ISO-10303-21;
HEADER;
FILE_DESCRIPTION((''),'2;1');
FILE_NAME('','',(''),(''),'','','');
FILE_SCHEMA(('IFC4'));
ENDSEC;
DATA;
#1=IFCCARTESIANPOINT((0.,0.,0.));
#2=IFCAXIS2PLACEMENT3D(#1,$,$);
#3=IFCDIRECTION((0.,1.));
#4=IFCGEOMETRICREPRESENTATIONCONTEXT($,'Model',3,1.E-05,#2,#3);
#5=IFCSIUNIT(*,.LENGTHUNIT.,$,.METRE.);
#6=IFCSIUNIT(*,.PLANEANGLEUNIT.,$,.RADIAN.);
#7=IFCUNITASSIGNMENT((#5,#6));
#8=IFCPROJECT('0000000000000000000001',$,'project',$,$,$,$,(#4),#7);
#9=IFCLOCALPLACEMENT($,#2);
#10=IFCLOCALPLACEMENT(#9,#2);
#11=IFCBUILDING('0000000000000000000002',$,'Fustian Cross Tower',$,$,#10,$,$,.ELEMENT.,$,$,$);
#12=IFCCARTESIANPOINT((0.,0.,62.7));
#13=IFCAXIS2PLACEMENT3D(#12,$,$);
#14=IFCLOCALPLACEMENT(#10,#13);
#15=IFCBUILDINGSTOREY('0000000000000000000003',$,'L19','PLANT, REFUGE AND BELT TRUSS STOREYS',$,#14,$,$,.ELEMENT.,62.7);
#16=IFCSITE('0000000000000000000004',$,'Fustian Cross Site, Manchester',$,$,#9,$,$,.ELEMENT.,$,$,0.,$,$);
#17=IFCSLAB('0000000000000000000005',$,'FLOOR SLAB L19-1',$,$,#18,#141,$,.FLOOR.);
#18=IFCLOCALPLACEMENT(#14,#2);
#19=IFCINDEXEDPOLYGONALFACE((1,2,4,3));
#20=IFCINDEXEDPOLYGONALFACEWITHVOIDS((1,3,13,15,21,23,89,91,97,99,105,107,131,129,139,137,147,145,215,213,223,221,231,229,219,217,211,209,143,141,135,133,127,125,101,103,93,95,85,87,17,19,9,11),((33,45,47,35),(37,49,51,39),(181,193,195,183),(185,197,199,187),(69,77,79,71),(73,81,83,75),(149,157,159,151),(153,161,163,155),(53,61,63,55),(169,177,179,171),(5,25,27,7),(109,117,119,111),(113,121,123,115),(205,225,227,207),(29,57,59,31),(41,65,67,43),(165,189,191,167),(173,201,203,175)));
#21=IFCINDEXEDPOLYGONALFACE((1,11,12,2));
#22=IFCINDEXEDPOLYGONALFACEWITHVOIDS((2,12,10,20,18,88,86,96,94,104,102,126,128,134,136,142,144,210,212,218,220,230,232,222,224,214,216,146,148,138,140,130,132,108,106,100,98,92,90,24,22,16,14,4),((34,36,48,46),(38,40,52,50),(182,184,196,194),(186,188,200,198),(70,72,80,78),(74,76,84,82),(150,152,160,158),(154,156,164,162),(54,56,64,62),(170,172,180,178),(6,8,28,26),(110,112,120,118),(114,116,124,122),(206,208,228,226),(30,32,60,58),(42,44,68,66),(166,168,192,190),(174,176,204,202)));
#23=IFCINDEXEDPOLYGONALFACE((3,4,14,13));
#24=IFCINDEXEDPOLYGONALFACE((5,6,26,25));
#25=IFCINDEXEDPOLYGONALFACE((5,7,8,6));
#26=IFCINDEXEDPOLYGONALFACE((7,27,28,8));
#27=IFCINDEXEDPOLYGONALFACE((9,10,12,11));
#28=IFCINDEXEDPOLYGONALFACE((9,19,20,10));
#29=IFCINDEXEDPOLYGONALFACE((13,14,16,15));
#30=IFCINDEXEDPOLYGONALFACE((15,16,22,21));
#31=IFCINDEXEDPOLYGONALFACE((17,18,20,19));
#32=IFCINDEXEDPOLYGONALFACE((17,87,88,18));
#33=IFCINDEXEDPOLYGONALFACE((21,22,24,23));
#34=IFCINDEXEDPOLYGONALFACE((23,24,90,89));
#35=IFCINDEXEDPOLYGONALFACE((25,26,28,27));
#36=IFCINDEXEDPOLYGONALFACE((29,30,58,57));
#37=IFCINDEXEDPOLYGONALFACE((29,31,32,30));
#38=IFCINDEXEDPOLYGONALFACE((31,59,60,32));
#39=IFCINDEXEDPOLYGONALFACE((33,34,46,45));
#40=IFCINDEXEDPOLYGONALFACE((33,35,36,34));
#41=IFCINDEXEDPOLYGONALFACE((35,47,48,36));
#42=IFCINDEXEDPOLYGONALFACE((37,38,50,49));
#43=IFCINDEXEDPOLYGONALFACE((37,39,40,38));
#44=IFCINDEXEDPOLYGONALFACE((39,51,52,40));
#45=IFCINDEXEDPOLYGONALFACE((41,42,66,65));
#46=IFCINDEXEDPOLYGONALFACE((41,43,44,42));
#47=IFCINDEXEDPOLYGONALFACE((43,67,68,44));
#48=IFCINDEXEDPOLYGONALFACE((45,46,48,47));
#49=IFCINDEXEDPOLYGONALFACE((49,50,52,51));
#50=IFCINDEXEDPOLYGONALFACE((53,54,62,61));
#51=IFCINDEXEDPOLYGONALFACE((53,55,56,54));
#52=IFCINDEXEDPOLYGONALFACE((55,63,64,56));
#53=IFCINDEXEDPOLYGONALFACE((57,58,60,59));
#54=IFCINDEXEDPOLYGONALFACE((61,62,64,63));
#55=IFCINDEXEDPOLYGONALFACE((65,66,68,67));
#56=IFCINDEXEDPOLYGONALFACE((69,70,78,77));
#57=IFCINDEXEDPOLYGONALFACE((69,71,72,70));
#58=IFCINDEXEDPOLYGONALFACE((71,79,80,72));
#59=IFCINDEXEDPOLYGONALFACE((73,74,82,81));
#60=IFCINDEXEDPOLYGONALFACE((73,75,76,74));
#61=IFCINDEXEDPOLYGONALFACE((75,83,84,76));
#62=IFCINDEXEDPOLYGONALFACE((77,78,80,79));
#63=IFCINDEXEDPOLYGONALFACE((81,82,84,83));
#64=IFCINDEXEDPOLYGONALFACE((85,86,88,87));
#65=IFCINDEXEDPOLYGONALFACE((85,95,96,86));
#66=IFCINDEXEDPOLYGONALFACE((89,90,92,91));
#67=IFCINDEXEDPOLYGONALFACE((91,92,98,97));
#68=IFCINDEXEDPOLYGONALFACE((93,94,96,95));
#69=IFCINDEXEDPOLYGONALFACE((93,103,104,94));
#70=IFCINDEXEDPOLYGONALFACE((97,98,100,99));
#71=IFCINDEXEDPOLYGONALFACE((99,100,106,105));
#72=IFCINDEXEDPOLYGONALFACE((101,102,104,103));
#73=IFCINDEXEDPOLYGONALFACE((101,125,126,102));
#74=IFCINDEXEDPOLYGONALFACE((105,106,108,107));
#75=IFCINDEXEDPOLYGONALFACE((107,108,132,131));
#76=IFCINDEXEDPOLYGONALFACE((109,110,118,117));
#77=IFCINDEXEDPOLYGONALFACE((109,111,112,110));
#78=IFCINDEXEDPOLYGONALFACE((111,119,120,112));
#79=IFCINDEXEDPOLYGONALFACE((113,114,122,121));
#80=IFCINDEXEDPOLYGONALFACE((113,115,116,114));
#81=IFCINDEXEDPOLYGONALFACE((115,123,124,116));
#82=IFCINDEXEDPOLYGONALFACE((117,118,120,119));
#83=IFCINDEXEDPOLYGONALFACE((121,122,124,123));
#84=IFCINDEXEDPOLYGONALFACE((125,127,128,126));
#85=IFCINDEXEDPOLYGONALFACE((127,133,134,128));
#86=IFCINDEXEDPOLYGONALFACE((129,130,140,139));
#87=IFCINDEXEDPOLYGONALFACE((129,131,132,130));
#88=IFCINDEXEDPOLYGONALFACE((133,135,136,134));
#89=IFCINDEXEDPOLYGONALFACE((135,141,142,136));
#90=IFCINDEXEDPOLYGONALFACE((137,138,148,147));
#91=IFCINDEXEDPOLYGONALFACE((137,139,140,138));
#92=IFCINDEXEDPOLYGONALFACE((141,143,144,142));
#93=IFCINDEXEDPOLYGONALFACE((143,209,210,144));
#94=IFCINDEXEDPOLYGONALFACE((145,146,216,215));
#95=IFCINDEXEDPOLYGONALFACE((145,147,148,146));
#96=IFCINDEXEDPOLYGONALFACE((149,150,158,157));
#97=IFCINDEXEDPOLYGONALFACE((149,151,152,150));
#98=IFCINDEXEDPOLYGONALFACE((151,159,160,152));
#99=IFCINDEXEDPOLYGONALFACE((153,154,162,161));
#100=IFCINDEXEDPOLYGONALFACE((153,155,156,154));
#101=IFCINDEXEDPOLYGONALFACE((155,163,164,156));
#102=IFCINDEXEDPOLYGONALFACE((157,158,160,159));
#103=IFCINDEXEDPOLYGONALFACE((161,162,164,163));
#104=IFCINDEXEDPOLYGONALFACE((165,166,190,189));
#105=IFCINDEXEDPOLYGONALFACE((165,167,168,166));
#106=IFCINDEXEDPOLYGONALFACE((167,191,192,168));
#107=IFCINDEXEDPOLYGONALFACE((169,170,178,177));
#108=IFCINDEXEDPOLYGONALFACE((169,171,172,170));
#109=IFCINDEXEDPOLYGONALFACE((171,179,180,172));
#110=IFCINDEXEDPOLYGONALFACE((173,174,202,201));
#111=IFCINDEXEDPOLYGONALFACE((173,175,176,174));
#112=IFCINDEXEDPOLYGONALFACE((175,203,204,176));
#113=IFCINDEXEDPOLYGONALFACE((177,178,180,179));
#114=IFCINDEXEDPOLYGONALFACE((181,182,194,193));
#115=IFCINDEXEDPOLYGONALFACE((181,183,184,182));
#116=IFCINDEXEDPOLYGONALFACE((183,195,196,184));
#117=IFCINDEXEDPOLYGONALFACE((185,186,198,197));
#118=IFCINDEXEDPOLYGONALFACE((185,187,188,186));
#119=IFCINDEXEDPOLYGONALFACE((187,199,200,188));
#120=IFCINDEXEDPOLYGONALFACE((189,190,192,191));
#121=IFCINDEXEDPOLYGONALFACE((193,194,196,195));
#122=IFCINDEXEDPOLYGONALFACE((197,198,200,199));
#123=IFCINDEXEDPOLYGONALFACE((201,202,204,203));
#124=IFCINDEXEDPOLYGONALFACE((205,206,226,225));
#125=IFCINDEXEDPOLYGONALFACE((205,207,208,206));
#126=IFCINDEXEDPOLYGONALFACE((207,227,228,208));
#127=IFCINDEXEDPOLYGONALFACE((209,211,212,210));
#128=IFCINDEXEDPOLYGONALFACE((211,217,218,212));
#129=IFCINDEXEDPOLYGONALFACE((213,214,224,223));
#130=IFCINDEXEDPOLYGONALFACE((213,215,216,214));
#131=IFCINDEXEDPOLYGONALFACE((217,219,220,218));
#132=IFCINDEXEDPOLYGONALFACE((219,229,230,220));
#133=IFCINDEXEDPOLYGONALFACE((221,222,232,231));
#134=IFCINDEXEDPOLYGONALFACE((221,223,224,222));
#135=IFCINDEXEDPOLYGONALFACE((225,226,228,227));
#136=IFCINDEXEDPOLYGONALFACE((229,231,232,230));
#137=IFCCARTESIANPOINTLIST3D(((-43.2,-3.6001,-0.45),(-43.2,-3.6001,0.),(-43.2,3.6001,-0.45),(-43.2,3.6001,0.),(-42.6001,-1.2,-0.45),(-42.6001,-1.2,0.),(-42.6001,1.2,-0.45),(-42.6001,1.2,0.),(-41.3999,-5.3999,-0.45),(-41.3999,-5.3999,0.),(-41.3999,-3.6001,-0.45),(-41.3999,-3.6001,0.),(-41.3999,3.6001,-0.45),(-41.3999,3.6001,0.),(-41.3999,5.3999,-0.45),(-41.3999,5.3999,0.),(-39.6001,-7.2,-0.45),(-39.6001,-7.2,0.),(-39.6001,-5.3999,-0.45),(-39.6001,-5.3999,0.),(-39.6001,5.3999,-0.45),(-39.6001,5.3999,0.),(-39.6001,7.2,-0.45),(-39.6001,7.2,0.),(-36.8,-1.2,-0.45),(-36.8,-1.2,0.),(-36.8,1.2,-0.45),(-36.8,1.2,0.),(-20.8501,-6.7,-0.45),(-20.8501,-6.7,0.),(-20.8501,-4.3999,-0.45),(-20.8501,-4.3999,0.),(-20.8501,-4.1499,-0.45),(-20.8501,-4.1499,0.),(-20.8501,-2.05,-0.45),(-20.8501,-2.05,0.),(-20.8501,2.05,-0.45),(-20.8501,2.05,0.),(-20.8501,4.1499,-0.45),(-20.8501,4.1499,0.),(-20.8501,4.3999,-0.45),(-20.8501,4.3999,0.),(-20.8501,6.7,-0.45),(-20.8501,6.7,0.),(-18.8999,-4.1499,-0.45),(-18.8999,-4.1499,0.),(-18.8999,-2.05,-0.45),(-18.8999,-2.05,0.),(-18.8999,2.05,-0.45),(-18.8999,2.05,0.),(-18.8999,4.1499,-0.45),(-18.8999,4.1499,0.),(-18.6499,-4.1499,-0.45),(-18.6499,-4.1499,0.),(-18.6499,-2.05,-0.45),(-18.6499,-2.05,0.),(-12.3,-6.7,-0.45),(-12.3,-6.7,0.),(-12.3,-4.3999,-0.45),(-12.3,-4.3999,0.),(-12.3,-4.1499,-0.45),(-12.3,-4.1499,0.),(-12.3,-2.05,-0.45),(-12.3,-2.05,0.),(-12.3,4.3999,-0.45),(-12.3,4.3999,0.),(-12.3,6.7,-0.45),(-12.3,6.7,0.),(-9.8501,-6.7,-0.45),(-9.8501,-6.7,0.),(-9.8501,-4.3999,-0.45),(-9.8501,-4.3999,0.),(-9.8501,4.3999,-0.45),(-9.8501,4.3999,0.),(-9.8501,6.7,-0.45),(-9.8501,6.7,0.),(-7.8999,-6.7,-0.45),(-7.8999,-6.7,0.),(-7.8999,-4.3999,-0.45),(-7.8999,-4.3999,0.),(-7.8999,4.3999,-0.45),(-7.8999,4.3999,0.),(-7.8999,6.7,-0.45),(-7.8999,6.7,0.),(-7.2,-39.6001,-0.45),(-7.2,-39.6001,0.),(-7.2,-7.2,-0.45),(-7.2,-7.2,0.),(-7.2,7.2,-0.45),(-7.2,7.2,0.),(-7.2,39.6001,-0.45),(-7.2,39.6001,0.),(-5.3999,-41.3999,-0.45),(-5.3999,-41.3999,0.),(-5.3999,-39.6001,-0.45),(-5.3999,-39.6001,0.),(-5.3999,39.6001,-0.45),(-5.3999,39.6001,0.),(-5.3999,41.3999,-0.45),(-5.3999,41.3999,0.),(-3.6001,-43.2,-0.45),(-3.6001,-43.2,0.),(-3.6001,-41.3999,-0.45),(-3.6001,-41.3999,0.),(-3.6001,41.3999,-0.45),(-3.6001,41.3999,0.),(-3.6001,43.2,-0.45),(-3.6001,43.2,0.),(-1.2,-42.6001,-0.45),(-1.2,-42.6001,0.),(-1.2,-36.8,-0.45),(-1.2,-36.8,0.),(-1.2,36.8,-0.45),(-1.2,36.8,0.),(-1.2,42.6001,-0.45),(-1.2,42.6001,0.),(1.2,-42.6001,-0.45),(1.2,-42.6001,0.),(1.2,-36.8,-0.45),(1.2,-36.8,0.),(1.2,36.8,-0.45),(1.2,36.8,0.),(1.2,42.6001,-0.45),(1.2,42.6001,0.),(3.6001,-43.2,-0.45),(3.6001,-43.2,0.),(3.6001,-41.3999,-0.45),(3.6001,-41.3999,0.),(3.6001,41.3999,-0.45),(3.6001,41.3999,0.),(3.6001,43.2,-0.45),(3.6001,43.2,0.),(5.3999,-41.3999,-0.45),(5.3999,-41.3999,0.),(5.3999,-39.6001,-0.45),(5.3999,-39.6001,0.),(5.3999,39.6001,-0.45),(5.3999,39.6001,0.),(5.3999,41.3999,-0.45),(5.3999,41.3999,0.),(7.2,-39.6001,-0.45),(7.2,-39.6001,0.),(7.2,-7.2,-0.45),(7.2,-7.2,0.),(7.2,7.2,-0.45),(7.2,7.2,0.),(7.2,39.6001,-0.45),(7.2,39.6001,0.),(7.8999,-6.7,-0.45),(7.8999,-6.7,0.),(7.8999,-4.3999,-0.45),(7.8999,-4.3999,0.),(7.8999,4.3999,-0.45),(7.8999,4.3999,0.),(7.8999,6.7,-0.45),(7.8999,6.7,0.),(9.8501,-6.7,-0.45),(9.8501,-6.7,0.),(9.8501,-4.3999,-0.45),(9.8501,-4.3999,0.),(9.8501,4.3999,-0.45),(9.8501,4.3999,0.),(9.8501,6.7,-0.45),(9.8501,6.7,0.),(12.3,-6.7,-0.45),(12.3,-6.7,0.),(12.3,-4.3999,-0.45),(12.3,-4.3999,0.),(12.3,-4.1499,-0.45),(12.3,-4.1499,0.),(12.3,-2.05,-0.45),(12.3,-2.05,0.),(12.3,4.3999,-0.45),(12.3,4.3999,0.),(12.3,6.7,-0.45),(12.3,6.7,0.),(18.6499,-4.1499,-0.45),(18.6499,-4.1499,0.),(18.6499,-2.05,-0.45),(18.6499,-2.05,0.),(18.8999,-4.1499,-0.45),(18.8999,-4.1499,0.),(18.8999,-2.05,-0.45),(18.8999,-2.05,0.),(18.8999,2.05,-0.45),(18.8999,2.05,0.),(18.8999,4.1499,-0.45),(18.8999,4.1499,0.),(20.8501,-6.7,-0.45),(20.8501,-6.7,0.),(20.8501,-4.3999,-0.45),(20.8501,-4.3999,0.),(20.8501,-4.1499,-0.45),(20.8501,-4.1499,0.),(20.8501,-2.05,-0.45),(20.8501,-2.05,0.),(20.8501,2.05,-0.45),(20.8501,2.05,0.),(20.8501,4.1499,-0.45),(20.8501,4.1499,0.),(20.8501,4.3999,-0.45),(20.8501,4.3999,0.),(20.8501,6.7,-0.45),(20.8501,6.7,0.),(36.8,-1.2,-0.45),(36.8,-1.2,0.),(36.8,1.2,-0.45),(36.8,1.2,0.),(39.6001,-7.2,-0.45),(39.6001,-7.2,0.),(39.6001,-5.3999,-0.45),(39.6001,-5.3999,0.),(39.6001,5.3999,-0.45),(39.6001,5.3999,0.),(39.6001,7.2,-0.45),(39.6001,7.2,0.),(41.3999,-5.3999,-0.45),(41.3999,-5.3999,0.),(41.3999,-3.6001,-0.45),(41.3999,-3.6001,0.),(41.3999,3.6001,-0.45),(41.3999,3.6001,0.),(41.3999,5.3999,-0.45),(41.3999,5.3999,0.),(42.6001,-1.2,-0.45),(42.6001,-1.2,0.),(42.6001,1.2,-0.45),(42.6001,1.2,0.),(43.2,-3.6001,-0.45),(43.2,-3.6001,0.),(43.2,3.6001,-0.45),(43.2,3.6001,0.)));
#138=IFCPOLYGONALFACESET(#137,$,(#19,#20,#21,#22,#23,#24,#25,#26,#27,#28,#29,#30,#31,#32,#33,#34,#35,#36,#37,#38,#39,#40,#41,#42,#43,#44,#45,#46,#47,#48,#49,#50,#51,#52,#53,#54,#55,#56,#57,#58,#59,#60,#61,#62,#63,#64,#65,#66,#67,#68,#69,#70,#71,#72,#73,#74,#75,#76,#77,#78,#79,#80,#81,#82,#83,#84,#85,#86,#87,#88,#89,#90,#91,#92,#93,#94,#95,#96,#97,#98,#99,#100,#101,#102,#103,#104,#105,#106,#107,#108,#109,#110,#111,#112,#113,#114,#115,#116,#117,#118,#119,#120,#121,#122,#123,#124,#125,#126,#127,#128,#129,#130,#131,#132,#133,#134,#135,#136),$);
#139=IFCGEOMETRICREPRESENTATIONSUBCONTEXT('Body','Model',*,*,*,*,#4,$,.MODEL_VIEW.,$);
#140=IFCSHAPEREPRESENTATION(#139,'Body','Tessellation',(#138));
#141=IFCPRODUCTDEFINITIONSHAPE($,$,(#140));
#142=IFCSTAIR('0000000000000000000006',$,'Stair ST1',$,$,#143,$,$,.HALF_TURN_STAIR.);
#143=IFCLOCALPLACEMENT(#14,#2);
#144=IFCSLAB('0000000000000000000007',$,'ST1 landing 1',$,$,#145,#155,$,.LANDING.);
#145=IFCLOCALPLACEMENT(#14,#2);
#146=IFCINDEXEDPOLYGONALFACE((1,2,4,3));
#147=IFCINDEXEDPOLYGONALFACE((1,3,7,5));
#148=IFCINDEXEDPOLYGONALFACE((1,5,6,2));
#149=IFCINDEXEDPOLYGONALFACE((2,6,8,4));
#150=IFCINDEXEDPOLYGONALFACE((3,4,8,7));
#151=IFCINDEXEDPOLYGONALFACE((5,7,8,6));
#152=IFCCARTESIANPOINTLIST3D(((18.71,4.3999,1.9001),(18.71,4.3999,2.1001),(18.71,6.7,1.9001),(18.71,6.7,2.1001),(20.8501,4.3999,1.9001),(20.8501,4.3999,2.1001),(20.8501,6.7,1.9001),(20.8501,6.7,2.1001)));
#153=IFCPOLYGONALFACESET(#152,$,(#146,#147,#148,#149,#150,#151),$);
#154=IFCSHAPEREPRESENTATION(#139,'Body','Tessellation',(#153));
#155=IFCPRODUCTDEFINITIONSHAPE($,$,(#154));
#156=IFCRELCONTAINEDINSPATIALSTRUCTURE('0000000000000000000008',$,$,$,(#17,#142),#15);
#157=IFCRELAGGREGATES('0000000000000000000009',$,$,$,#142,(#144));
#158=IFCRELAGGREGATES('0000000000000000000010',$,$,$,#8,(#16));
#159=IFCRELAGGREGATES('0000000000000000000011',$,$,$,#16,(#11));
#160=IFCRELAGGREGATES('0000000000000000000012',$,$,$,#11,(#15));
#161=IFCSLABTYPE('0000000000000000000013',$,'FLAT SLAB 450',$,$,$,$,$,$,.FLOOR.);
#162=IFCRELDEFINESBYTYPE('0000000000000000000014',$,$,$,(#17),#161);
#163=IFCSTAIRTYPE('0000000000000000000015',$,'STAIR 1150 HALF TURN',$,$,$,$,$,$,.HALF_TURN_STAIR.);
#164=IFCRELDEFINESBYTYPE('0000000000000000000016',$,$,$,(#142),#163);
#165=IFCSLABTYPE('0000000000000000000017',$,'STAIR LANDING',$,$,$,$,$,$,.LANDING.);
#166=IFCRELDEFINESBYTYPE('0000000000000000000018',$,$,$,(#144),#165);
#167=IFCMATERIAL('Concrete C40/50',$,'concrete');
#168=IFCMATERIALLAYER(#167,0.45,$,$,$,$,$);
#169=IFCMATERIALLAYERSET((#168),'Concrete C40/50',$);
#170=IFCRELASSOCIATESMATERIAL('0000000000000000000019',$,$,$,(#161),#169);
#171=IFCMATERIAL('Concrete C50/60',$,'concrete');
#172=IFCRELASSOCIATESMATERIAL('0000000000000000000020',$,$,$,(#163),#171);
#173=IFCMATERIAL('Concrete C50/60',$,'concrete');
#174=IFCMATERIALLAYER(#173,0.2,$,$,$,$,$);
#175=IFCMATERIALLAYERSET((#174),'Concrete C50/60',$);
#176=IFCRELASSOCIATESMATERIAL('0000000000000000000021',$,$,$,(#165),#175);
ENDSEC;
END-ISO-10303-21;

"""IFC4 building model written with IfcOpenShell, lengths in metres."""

from ifc_helpers import new_model, si_unit, direction, frame, origin, place, context, subcontext, project, spatial, polyline, outline, extrude, material, layer, layer_set, type_object, element, aggregate, save


model = new_model("IFC4")

# Units and contexts
model_context = context("Model", 3, precision=1e-05, world=origin(), true_north=direction((0.0, 1.0)))
body_context = subcontext(model_context, "Body", "Model", "MODEL_VIEW")
ifc_project = project(units=[si_unit("LENGTHUNIT", "METRE"), si_unit("PLANEANGLEUNIT", "RADIAN")], contexts=[model_context])

# Site, building, storey
site_placement = place(None, origin())
site = spatial("IfcSite", under=ifc_project, at=site_placement, Name="Fustian Cross Site, Manchester", CompositionType="ELEMENT", RefElevation=0.0)
building_placement = place(site_placement, origin())
building = spatial("IfcBuilding", under=site, at=building_placement, Name="Fustian Cross Tower", CompositionType="ELEMENT")
storey_placement = place(building_placement, frame((0.0, 0.0, 62.7)))
storey = spatial("IfcBuildingStorey", under=building, at=storey_placement, Name="L19", Description="PLANT, REFUGE AND BELT TRUSS STOREYS", CompositionType="ELEMENT", Elevation=62.7)

# Slab
ifc_material_1 = material(Name="Concrete C40/50", Category="concrete")
ifc_layer_1 = layer(ifc_material_1, 0.45)
ifc_layer_set_1 = layer_set([ifc_layer_1], Name="Concrete C40/50")
slab_type_1 = type_object("IfcSlabType", Name="FLAT SLAB 450", PredefinedType="FLOOR", material=ifc_layer_set_1)
slab_1_placement = place(storey_placement, frame((0.0, 0.0, -0.45)))
element("IfcSlab", 1, at=slab_1_placement, inside=storey, type_object=slab_type_1, Name="FLOOR SLAB L19-1", PredefinedType="FLOOR", context=body_context, shape_type="SweptSolid", body=[
    extrude(outline(polyline([(-43.2, 3.6001), (-41.3999, 3.6001), (-41.3999, 5.3999), (-39.6001, 5.3999), (-39.6001, 7.2), (-7.2, 7.2), (-7.2, 39.6001), (-5.3999, 39.6001), (-5.3999, 41.3999), (-3.6001, 41.3999), (-3.6001, 43.2), (3.6001, 43.2), (3.6001, 41.3999), (5.3999, 41.3999), (5.3999, 39.6001), (7.2, 39.6001), (7.2, 7.2), (39.6001, 7.2), (39.6001, 5.3999), (41.3999, 5.3999), (41.3999, 3.6001), (43.2, 3.6001), (43.2, -3.6001), (41.3999, -3.6001), (41.3999, -5.3999), (39.6001, -5.3999), (39.6001, -7.2), (7.2, -7.2), (7.2, -39.6001), (5.3999, -39.6001), (5.3999, -41.3999), (3.6001, -41.3999), (3.6001, -43.2), (-3.6001, -43.2), (-3.6001, -41.3999), (-5.3999, -41.3999), (-5.3999, -39.6001), (-7.2, -39.6001), (-7.2, -7.2), (-39.6001, -7.2), (-39.6001, -5.3999), (-41.3999, -5.3999), (-41.3999, -3.6001), (-43.2, -3.6001), (-43.2, 3.6001)]), holes=[polyline([(18.8999, -2.05), (18.8999, -4.1499), (20.8501, -4.1499), (20.8501, -2.05), (18.8999, -2.05)]), polyline([(20.8501, 4.1499), (18.8999, 4.1499), (18.8999, 2.05), (20.8501, 2.05), (20.8501, 4.1499)]), polyline([(9.8501, 4.3999), (9.8501, 6.7), (7.8999, 6.7), (7.8999, 4.3999), (9.8501, 4.3999)]), polyline([(7.8999, -6.7), (9.8501, -6.7), (9.8501, -4.3999), (7.8999, -4.3999), (7.8999, -6.7)]), polyline([(-20.8501, -2.05), (-20.8501, -4.1499), (-18.8999, -4.1499), (-18.8999, -2.05), (-20.8501, -2.05)]), polyline([(-18.8999, 4.1499), (-20.8501, 4.1499), (-20.8501, 2.05), (-18.8999, 2.05), (-18.8999, 4.1499)]), polyline([(-7.8999, 4.3999), (-7.8999, 6.7), (-9.8501, 6.7), (-9.8501, 4.3999), (-7.8999, 4.3999)]), polyline([(-9.8501, -6.7), (-7.8999, -6.7), (-7.8999, -4.3999), (-9.8501, -4.3999), (-9.8501, -6.7)]), polyline([(12.3, -2.05), (12.3, -4.1499), (18.6499, -4.1499), (18.6499, -2.05), (12.3, -2.05)]), polyline([(-12.3, -2.05), (-18.6499, -2.05), (-18.6499, -4.1499), (-12.3, -4.1499), (-12.3, -2.05)]), polyline([(20.8501, 4.3999), (20.8501, 6.7), (12.3, 6.7), (12.3, 4.3999), (20.8501, 4.3999)]), polyline([(12.3, -6.7), (20.8501, -6.7), (20.8501, -4.3999), (12.3, -4.3999), (12.3, -6.7)]), polyline([(-20.8501, 6.7), (-20.8501, 4.3999), (-12.3, 4.3999), (-12.3, 6.7), (-20.8501, 6.7)]), polyline([(-12.3, -4.3999), (-20.8501, -4.3999), (-20.8501, -6.7), (-12.3, -6.7), (-12.3, -4.3999)]), polyline([(1.2, 36.8), (1.2, 42.6001), (-1.2, 42.6001), (-1.2, 36.8), (1.2, 36.8)]), polyline([(-1.2, -42.6001), (1.2, -42.6001), (1.2, -36.8), (-1.2, -36.8), (-1.2, -42.6001)]), polyline([(36.8, 1.2), (36.8, -1.2), (42.6001, -1.2), (42.6001, 1.2), (36.8, 1.2)]), polyline([(-36.8, 1.2), (-42.6001, 1.2), (-42.6001, -1.2), (-36.8, -1.2), (-36.8, 1.2)])]), origin(), (0.0, 0.0, 1.0), 0.45),
])

# Stair, slab
ifc_material_2 = material(Name="Concrete C50/60", Category="concrete")
stair_type = type_object("IfcStairType", Name="STAIR 1150 HALF TURN", PredefinedType="HALF_TURN_STAIR", material=ifc_material_2)
stair_placement = place(storey_placement, origin())
stair = element("IfcStair", 2, at=stair_placement, inside=storey, type_object=stair_type, Name="Stair ST1", PredefinedType="HALF_TURN_STAIR")
ifc_material_3 = material(Name="Concrete C50/60", Category="concrete")
ifc_layer_2 = layer(ifc_material_3, 0.2)
ifc_layer_set_2 = layer_set([ifc_layer_2], Name="Concrete C50/60")
slab_type_2 = type_object("IfcSlabType", Name="STAIR LANDING", PredefinedType="LANDING", material=ifc_layer_set_2)
slab_2_placement = place(storey_placement, frame((0.0, 0.0, 1.9001)))
slab_2 = element("IfcSlab", 3, at=slab_2_placement, type_object=slab_type_2, Name="ST1 landing 1", PredefinedType="LANDING", context=body_context, shape_type="SweptSolid", body=[
    extrude(outline(polyline([(18.71, 4.3999), (20.8501, 4.3999), (20.8501, 6.7), (18.71, 6.7), (18.71, 4.3999)])), origin(), (0.0, 0.0, 1.0), 0.2),
])
aggregate(stair, [slab_2])

save(model, "model.ifc")
